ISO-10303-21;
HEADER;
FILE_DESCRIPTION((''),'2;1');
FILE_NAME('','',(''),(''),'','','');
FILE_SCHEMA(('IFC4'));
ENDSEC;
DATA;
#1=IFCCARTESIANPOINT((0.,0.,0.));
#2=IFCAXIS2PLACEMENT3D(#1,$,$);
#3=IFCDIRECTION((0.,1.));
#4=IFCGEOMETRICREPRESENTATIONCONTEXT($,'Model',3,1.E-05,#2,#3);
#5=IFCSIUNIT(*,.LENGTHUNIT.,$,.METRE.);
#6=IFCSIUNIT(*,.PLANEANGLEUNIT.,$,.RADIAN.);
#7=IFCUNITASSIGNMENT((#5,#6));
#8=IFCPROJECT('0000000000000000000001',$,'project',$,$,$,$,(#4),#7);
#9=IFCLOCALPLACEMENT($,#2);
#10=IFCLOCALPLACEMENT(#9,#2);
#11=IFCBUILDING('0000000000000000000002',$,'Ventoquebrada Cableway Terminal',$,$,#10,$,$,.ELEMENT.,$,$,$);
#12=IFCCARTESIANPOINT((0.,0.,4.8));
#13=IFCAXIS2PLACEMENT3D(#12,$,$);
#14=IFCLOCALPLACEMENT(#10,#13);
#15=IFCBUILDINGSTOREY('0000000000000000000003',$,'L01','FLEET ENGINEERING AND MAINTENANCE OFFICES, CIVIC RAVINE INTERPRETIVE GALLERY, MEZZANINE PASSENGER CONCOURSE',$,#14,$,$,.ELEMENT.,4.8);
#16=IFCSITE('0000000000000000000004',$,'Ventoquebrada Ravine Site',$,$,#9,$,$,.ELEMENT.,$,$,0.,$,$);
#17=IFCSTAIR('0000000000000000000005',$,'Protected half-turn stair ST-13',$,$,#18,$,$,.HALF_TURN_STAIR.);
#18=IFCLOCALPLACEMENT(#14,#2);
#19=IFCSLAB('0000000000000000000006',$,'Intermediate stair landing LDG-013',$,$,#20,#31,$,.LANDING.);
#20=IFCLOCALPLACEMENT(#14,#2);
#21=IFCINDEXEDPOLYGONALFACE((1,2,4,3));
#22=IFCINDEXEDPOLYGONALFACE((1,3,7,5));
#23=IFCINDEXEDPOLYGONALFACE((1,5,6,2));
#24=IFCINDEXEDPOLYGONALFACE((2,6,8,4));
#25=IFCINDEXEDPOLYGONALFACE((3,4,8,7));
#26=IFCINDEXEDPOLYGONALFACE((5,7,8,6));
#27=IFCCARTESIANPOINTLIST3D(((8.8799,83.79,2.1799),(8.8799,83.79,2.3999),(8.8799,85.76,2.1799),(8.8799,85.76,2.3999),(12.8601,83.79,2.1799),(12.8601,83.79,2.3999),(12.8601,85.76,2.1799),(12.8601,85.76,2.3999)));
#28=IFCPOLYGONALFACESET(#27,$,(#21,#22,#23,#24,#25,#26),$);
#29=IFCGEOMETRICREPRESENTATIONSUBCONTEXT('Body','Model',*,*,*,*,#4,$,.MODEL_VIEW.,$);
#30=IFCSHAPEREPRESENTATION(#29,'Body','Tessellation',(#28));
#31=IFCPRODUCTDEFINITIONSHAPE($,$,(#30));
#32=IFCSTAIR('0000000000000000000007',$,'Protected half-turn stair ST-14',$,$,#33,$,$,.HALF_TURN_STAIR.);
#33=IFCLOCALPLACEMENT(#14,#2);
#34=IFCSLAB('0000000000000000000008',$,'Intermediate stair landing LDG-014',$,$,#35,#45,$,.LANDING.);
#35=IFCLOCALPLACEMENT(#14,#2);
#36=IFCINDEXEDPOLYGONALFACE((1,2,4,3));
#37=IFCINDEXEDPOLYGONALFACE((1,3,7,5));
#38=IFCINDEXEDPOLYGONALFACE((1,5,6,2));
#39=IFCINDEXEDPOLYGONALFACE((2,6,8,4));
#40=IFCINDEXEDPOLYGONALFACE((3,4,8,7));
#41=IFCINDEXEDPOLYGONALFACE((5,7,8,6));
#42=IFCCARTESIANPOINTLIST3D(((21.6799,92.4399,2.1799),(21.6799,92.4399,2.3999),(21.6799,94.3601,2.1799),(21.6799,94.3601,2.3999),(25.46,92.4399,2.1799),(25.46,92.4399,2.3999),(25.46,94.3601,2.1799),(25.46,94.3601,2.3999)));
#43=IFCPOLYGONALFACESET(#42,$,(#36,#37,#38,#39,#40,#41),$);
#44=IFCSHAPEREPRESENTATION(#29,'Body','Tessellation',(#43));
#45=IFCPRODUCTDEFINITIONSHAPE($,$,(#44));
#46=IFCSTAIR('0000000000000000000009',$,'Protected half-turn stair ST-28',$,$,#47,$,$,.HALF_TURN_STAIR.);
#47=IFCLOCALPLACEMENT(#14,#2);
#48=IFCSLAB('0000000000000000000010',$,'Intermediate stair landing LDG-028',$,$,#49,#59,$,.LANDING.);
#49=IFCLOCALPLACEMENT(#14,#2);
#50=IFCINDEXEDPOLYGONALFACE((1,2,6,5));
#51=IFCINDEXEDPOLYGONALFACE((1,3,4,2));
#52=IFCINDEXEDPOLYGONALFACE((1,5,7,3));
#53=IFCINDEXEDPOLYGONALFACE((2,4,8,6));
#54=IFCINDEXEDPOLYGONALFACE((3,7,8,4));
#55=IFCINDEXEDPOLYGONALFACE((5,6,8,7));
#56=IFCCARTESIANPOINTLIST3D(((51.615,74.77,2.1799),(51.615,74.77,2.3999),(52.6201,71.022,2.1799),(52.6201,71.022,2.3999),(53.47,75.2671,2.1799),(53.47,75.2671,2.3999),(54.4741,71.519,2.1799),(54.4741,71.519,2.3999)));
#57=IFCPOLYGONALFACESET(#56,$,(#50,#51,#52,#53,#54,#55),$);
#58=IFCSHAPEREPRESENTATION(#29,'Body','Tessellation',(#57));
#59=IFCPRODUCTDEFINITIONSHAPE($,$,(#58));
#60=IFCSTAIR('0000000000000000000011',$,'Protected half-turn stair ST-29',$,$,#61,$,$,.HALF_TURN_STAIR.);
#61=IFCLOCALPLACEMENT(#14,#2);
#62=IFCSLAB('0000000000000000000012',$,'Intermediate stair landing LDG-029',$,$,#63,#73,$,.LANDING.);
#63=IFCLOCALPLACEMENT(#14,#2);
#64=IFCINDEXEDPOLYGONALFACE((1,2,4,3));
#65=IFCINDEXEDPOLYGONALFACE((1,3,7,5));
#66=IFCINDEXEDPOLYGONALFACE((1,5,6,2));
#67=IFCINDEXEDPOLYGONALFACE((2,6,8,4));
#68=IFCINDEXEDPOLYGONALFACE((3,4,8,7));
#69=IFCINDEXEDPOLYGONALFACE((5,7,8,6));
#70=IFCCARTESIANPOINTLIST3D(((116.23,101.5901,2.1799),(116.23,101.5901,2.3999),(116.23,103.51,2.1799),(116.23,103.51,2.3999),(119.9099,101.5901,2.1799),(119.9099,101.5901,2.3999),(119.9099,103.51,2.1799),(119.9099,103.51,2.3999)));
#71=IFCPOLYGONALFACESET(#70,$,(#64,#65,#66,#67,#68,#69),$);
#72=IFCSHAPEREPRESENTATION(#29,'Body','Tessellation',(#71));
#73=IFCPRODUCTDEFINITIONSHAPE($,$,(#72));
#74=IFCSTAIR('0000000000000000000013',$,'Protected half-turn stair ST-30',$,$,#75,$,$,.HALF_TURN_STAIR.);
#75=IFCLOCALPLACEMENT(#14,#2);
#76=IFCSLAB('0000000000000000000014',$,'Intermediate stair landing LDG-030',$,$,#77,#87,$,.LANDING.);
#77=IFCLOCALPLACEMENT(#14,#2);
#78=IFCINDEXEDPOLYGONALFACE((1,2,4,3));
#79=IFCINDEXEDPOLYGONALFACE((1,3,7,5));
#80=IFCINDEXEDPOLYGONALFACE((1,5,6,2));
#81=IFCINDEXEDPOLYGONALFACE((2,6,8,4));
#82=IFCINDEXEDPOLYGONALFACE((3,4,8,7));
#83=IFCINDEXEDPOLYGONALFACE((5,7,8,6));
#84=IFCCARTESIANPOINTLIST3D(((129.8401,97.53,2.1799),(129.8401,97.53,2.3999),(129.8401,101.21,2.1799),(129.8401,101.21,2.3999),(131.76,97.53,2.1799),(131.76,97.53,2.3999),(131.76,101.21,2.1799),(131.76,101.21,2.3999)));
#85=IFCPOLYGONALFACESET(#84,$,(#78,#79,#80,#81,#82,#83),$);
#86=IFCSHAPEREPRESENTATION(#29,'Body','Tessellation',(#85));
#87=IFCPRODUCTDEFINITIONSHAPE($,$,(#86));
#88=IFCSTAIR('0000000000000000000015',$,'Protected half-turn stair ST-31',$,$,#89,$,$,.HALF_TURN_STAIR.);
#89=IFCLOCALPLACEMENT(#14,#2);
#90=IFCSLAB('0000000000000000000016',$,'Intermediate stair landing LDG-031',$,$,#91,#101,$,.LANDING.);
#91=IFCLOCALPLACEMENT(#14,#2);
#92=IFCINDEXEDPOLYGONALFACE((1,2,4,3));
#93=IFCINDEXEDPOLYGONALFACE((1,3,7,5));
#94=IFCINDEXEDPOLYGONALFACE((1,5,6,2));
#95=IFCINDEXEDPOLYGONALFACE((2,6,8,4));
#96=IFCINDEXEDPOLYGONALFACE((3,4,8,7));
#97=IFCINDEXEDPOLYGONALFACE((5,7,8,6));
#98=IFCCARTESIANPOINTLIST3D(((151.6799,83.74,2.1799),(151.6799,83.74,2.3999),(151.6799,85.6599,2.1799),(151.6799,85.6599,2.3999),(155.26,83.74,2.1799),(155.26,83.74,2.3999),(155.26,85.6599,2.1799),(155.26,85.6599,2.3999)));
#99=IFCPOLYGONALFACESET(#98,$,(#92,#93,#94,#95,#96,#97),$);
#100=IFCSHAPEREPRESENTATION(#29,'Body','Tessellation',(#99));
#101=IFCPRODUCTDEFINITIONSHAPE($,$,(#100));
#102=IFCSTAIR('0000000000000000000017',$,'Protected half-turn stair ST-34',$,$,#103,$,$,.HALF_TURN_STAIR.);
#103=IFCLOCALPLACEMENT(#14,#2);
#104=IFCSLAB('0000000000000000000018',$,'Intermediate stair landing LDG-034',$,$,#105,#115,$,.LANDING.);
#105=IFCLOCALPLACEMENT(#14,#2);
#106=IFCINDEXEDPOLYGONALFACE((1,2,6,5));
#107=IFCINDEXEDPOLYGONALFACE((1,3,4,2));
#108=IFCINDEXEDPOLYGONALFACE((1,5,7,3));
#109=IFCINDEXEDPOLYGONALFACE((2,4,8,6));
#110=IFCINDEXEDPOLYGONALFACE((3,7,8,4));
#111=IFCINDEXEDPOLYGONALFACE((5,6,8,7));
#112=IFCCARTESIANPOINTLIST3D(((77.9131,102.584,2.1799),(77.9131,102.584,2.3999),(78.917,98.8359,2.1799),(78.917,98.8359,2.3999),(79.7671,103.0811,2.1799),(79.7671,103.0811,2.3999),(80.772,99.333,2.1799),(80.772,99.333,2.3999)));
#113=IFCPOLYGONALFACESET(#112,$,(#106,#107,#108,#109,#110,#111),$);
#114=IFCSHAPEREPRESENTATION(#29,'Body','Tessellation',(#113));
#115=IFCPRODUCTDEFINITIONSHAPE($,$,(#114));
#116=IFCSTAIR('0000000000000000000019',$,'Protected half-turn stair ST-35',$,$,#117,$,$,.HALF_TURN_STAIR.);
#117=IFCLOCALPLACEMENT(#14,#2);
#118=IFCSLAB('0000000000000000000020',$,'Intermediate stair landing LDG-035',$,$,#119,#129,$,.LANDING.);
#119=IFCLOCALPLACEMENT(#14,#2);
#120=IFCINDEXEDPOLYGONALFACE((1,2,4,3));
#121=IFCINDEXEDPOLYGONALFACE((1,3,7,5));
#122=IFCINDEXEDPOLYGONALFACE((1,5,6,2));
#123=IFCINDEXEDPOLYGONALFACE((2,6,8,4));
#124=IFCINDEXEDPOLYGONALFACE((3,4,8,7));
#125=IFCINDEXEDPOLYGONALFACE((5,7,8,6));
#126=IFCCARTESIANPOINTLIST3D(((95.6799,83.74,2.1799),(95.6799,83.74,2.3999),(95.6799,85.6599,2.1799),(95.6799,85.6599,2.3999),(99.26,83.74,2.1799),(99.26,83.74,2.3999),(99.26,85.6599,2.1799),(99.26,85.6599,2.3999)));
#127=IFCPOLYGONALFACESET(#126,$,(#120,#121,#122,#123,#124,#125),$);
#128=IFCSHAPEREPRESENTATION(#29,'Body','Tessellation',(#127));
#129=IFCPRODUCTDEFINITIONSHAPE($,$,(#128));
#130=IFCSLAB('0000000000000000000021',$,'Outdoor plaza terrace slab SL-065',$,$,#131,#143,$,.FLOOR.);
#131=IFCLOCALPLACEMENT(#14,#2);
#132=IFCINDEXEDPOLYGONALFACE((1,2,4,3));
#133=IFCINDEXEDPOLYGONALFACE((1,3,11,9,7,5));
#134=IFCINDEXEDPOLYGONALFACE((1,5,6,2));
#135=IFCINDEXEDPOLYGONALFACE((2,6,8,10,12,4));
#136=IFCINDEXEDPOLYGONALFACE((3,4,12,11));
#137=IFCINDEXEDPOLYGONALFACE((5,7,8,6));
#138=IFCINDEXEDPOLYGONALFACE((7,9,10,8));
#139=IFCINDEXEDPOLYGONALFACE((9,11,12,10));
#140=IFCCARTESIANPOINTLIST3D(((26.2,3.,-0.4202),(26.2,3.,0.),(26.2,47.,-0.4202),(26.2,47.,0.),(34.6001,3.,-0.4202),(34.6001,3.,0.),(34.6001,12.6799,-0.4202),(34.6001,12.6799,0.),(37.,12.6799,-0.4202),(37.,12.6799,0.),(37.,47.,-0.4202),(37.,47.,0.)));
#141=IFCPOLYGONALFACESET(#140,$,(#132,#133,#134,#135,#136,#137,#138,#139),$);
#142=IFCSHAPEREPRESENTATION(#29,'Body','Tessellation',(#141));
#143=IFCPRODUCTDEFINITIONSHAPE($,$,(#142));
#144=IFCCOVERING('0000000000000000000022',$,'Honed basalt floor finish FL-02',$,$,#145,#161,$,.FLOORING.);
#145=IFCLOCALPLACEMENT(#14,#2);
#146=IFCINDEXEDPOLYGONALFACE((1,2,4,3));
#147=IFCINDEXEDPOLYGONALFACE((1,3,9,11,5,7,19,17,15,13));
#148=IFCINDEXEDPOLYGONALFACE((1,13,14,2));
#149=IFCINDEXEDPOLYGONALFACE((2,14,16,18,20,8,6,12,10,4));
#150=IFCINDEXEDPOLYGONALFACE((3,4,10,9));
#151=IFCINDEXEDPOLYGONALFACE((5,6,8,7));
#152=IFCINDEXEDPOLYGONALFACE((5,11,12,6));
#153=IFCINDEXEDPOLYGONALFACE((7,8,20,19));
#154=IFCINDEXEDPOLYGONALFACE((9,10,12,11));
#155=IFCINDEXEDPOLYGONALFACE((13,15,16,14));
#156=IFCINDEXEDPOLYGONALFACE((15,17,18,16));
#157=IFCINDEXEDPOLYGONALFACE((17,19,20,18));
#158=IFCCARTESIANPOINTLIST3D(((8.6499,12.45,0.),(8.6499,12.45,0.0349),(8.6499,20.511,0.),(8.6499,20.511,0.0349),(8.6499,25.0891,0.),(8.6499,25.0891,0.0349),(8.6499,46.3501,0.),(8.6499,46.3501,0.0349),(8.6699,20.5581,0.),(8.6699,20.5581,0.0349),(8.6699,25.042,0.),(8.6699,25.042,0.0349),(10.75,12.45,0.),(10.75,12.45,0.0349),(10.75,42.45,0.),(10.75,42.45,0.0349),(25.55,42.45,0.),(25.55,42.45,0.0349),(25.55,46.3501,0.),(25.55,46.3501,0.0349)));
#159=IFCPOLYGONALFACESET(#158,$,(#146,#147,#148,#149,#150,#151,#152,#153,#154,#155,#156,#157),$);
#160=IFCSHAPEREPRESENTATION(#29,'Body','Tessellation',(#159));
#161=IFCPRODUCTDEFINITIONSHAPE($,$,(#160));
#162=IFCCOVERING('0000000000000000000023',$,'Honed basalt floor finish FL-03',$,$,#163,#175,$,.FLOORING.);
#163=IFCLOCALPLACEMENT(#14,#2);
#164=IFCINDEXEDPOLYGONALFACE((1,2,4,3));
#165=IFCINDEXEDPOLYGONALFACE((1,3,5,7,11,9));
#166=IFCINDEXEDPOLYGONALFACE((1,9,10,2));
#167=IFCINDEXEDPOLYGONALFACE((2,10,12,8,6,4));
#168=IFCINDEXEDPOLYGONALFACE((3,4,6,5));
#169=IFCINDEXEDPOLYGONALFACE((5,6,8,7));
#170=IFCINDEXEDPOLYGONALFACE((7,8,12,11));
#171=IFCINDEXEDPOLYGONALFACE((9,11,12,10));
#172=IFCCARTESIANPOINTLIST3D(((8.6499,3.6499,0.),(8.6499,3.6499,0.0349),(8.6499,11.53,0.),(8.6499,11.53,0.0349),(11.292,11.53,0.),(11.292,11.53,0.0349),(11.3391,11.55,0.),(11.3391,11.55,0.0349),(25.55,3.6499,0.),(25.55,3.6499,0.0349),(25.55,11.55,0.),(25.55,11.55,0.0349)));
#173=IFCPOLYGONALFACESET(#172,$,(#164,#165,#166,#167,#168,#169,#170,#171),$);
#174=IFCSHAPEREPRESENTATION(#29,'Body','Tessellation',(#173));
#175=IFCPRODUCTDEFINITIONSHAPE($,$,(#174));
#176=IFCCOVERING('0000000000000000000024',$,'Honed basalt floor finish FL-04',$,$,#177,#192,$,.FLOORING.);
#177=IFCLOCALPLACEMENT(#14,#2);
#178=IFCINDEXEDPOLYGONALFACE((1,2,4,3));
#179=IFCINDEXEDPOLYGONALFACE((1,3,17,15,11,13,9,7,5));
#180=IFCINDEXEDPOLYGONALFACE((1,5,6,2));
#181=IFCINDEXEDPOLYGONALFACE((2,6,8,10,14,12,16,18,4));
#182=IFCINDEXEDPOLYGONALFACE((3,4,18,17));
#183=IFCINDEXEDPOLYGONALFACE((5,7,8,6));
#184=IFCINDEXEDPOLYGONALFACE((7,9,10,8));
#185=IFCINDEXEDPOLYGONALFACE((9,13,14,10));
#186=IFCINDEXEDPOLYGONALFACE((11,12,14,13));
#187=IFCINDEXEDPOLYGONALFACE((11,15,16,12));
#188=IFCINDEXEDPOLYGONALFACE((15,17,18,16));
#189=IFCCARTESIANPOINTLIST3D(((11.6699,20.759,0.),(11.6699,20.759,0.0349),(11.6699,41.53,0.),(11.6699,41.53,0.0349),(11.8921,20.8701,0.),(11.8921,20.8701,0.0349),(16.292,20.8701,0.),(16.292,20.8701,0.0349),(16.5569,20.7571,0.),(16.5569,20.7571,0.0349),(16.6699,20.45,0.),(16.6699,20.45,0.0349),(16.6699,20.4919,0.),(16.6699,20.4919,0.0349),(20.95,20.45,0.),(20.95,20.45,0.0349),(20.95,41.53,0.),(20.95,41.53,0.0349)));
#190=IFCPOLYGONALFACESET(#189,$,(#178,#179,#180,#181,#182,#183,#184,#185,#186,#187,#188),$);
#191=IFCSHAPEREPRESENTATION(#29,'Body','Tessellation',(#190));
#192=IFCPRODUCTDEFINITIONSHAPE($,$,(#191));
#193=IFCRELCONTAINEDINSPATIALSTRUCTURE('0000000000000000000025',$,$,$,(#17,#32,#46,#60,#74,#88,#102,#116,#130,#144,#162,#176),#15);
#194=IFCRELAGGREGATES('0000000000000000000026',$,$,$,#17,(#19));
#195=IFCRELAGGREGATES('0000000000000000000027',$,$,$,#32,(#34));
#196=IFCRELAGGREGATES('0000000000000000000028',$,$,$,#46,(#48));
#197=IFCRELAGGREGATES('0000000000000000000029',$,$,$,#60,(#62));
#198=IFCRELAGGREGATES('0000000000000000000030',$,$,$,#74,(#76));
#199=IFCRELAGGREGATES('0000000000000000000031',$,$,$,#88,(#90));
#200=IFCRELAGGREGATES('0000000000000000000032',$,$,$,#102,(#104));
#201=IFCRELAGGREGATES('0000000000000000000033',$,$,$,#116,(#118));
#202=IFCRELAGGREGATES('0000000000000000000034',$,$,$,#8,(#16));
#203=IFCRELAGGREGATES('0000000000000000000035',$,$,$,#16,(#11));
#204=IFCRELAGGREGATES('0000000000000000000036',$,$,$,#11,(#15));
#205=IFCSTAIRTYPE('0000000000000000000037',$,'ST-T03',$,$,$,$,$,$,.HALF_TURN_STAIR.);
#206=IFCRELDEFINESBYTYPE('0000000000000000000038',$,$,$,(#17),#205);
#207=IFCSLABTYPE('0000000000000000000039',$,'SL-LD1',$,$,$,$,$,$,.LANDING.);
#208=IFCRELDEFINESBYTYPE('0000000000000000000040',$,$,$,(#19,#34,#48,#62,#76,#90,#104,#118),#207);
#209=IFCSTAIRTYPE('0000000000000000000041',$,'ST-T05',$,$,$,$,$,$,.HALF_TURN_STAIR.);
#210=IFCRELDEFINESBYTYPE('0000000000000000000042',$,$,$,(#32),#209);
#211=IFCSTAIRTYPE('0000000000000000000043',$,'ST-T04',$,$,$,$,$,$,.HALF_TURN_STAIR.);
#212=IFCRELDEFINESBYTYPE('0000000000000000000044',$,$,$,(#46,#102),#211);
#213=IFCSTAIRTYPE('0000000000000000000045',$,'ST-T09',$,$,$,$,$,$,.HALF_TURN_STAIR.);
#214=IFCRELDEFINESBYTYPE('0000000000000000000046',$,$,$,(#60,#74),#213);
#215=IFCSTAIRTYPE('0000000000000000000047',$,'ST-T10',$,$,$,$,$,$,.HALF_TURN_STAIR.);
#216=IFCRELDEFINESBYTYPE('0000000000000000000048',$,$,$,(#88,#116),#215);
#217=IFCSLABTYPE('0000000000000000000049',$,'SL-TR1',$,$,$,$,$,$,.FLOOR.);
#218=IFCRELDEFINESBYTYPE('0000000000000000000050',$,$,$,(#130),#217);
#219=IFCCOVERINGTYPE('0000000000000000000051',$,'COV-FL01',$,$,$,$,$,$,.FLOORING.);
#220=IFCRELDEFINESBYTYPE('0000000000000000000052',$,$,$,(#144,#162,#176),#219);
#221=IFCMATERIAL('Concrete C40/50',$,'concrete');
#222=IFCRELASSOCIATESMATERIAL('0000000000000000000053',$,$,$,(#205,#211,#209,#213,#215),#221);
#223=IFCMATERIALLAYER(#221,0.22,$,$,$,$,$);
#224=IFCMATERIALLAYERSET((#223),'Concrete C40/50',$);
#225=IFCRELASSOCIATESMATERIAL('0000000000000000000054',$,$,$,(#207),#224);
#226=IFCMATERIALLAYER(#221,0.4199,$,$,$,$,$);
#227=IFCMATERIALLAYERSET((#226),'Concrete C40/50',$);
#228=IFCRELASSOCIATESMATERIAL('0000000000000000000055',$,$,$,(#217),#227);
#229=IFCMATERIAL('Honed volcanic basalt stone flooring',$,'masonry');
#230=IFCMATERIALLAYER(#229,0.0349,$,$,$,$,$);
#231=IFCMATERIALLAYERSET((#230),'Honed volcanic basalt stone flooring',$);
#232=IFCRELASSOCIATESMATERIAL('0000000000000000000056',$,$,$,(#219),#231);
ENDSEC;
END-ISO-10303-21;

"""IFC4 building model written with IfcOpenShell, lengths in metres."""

from ifc_helpers import new_model, si_unit, direction, frame, origin, place, context, subcontext, project, spatial, polyline, outline, extrude, material, layer, layer_set, type_object, element, aggregate, save


model = new_model("IFC4")

# Units and contexts
model_context = context("Model", 3, precision=1e-05, world=origin(), true_north=direction((0.0, 1.0)))
body_context = subcontext(model_context, "Body", "Model", "MODEL_VIEW")
ifc_project = project(units=[si_unit("LENGTHUNIT", "METRE"), si_unit("PLANEANGLEUNIT", "RADIAN")], contexts=[model_context])

# Site, building, storey
site_placement = place(None, origin())
site = spatial("IfcSite", under=ifc_project, at=site_placement, Name="Ventoquebrada Ravine Site", CompositionType="ELEMENT", RefElevation=0.0)
building_placement = place(site_placement, origin())
building = spatial("IfcBuilding", under=site, at=building_placement, Name="Ventoquebrada Cableway Terminal", CompositionType="ELEMENT")
storey_placement = place(building_placement, frame((0.0, 0.0, 4.8)))
storey = spatial("IfcBuildingStorey", under=building, at=storey_placement, Name="L01", Description="FLEET ENGINEERING AND MAINTENANCE OFFICES, CIVIC RAVINE INTERPRETIVE GALLERY, MEZZANINE PASSENGER CONCOURSE", CompositionType="ELEMENT", Elevation=4.8)

# Shared definitions
ifc_material_1 = material(Name="Concrete C40/50", Category="concrete")

# Stairs, slabs
stair_type_1 = type_object("IfcStairType", Name="ST-T03", PredefinedType="HALF_TURN_STAIR", material=ifc_material_1)
ifc_layer_1 = layer(ifc_material_1, 0.22)
ifc_layer_set_1 = layer_set([ifc_layer_1], Name="Concrete C40/50")
slab_type_1 = type_object("IfcSlabType", Name="SL-LD1", PredefinedType="LANDING", material=ifc_layer_set_1)
stair_type_2 = type_object("IfcStairType", Name="ST-T04", PredefinedType="HALF_TURN_STAIR", material=ifc_material_1)
stair_1_placement = place(storey_placement, origin())
stair_1 = element("IfcStair", 1, at=stair_1_placement, inside=storey, type_object=stair_type_1, Name="Protected half-turn stair ST-13", PredefinedType="HALF_TURN_STAIR")
slab_1_placement = place(storey_placement, frame((0.0, 0.0, 2.1799)))
slab_1 = element("IfcSlab", 2, at=slab_1_placement, type_object=slab_type_1, Name="Intermediate stair landing LDG-013", PredefinedType="LANDING", context=body_context, shape_type="SweptSolid", body=[
    extrude(outline(polyline([(12.8601, 83.79), (12.8601, 85.76), (8.8799, 85.76), (8.8799, 83.79), (12.8601, 83.79)])), origin(), (0.0, 0.0, 1.0), 0.22),
])
aggregate(stair_1, [slab_1])
stair_type_3 = type_object("IfcStairType", Name="ST-T05", PredefinedType="HALF_TURN_STAIR", material=ifc_material_1)
stair_2_placement = place(storey_placement, origin())
stair_2 = element("IfcStair", 3, at=stair_2_placement, inside=storey, type_object=stair_type_3, Name="Protected half-turn stair ST-14", PredefinedType="HALF_TURN_STAIR")
slab_2_placement = place(storey_placement, frame((0.0, 0.0, 2.1799)))
slab_2 = element("IfcSlab", 4, at=slab_2_placement, type_object=slab_type_1, Name="Intermediate stair landing LDG-014", PredefinedType="LANDING", context=body_context, shape_type="SweptSolid", body=[
    extrude(outline(polyline([(25.46, 92.4399), (25.46, 94.3601), (21.6799, 94.3601), (21.6799, 92.4399), (25.46, 92.4399)])), origin(), (0.0, 0.0, 1.0), 0.22),
])
aggregate(stair_2, [slab_2])
stair_3_placement = place(storey_placement, origin())
stair_3 = element("IfcStair", 5, at=stair_3_placement, inside=storey, type_object=stair_type_2, Name="Protected half-turn stair ST-28", PredefinedType="HALF_TURN_STAIR")
slab_3_placement = place(storey_placement, frame((0.0, 0.0, 2.1799)))
slab_3 = element("IfcSlab", 6, at=slab_3_placement, type_object=slab_type_1, Name="Intermediate stair landing LDG-028", PredefinedType="LANDING", context=body_context, shape_type="SweptSolid", body=[
    extrude(outline(polyline([(53.47, 75.2671), (51.615, 74.77), (52.6201, 71.022), (54.4741, 71.519), (53.47, 75.2671)])), origin(), (0.0, 0.0, 1.0), 0.22),
])
aggregate(stair_3, [slab_3])
stair_type_4 = type_object("IfcStairType", Name="ST-T09", PredefinedType="HALF_TURN_STAIR", material=ifc_material_1)
stair_4_placement = place(storey_placement, origin())
stair_4 = element("IfcStair", 7, at=stair_4_placement, inside=storey, type_object=stair_type_4, Name="Protected half-turn stair ST-29", PredefinedType="HALF_TURN_STAIR")
slab_4_placement = place(storey_placement, frame((0.0, 0.0, 2.1799)))
slab_4 = element("IfcSlab", 8, at=slab_4_placement, type_object=slab_type_1, Name="Intermediate stair landing LDG-029", PredefinedType="LANDING", context=body_context, shape_type="SweptSolid", body=[
    extrude(outline(polyline([(119.9099, 101.5901), (119.9099, 103.51), (116.23, 103.51), (116.23, 101.5901), (119.9099, 101.5901)])), origin(), (0.0, 0.0, 1.0), 0.22),
])
aggregate(stair_4, [slab_4])
stair_5_placement = place(storey_placement, origin())
stair_5 = element("IfcStair", 9, at=stair_5_placement, inside=storey, type_object=stair_type_4, Name="Protected half-turn stair ST-30", PredefinedType="HALF_TURN_STAIR")
slab_5_placement = place(storey_placement, frame((0.0, 0.0, 2.1799)))
slab_5 = element("IfcSlab", 10, at=slab_5_placement, type_object=slab_type_1, Name="Intermediate stair landing LDG-030", PredefinedType="LANDING", context=body_context, shape_type="SweptSolid", body=[
    extrude(outline(polyline([(131.76, 101.21), (129.8401, 101.21), (129.8401, 97.53), (131.76, 97.53), (131.76, 101.21)])), origin(), (0.0, 0.0, 1.0), 0.22),
])
aggregate(stair_5, [slab_5])
stair_type_5 = type_object("IfcStairType", Name="ST-T10", PredefinedType="HALF_TURN_STAIR", material=ifc_material_1)
stair_6_placement = place(storey_placement, origin())
stair_6 = element("IfcStair", 11, at=stair_6_placement, inside=storey, type_object=stair_type_5, Name="Protected half-turn stair ST-31", PredefinedType="HALF_TURN_STAIR")
slab_6_placement = place(storey_placement, frame((0.0, 0.0, 2.1799)))
slab_6 = element("IfcSlab", 12, at=slab_6_placement, type_object=slab_type_1, Name="Intermediate stair landing LDG-031", PredefinedType="LANDING", context=body_context, shape_type="SweptSolid", body=[
    extrude(outline(polyline([(155.26, 83.74), (155.26, 85.6599), (151.6799, 85.6599), (151.6799, 83.74), (155.26, 83.74)])), origin(), (0.0, 0.0, 1.0), 0.22),
])
aggregate(stair_6, [slab_6])
stair_7_placement = place(storey_placement, origin())
stair_7 = element("IfcStair", 13, at=stair_7_placement, inside=storey, type_object=stair_type_2, Name="Protected half-turn stair ST-34", PredefinedType="HALF_TURN_STAIR")
slab_7_placement = place(storey_placement, frame((0.0, 0.0, 2.1799)))
slab_7 = element("IfcSlab", 14, at=slab_7_placement, type_object=slab_type_1, Name="Intermediate stair landing LDG-034", PredefinedType="LANDING", context=body_context, shape_type="SweptSolid", body=[
    extrude(outline(polyline([(78.917, 98.8359), (80.772, 99.333), (79.7671, 103.0811), (77.9131, 102.584), (78.917, 98.8359)])), origin(), (0.0, 0.0, 1.0), 0.22),
])
aggregate(stair_7, [slab_7])
stair_8_placement = place(storey_placement, origin())
stair_8 = element("IfcStair", 15, at=stair_8_placement, inside=storey, type_object=stair_type_5, Name="Protected half-turn stair ST-35", PredefinedType="HALF_TURN_STAIR")
slab_8_placement = place(storey_placement, frame((0.0, 0.0, 2.1799)))
slab_8 = element("IfcSlab", 16, at=slab_8_placement, type_object=slab_type_1, Name="Intermediate stair landing LDG-035", PredefinedType="LANDING", context=body_context, shape_type="SweptSolid", body=[
    extrude(outline(polyline([(99.26, 83.74), (99.26, 85.6599), (95.6799, 85.6599), (95.6799, 83.74), (99.26, 83.74)])), origin(), (0.0, 0.0, 1.0), 0.22),
])
aggregate(stair_8, [slab_8])

# Slab
ifc_layer_2 = layer(ifc_material_1, 0.4199)
ifc_layer_set_2 = layer_set([ifc_layer_2], Name="Concrete C40/50")
slab_type_2 = type_object("IfcSlabType", Name="SL-TR1", PredefinedType="FLOOR", material=ifc_layer_set_2)
slab_9_placement = place(storey_placement, frame((0.0, 0.0, -0.4202)))
element("IfcSlab", 17, at=slab_9_placement, inside=storey, type_object=slab_type_2, Name="Outdoor plaza terrace slab SL-065", PredefinedType="FLOOR", context=body_context, shape_type="SweptSolid", body=[
    extrude(outline(polyline([(34.6001, 3.0), (34.6001, 12.6799), (37.0, 12.6799), (37.0, 47.0), (26.2, 47.0), (26.2, 3.0), (34.6001, 3.0)])), origin(), (0.0, 0.0, 1.0), 0.4202),
])

# Coverings
ifc_material_2 = material(Name="Honed volcanic basalt stone flooring", Category="masonry")
ifc_layer_3 = layer(ifc_material_2, 0.0349)
ifc_layer_set_3 = layer_set([ifc_layer_3], Name="Honed volcanic basalt stone flooring")
covering_type = type_object("IfcCoveringType", Name="COV-FL01", PredefinedType="FLOORING", material=ifc_layer_set_3)
covering_1_placement = place(storey_placement, origin())
element("IfcCovering", 18, at=covering_1_placement, inside=storey, type_object=covering_type, Name="Honed basalt floor finish FL-02", PredefinedType="FLOORING", context=body_context, shape_type="SweptSolid", body=[
    extrude(outline(polyline([(10.75, 12.45), (10.75, 42.45), (25.55, 42.45), (25.55, 46.3501), (8.6499, 46.3501), (8.6499, 25.0891), (8.6699, 25.042), (8.6699, 20.5581), (8.6499, 20.511), (8.6499, 12.45), (10.75, 12.45)])), origin(), (0.0, 0.0, 1.0), 0.0349),
])
covering_2_placement = place(storey_placement, origin())
element("IfcCovering", 19, at=covering_2_placement, inside=storey, type_object=covering_type, Name="Honed basalt floor finish FL-03", PredefinedType="FLOORING", context=body_context, shape_type="SweptSolid", body=[
    extrude(outline(polyline([(25.55, 3.6499), (25.55, 11.55), (11.3391, 11.55), (11.292, 11.53), (8.6499, 11.53), (8.6499, 3.6499), (25.55, 3.6499)])), origin(), (0.0, 0.0, 1.0), 0.0349),
])
covering_3_placement = place(storey_placement, origin())
element("IfcCovering", 20, at=covering_3_placement, inside=storey, type_object=covering_type, Name="Honed basalt floor finish FL-04", PredefinedType="FLOORING", context=body_context, shape_type="SweptSolid", body=[
    extrude(outline(polyline([(11.8921, 20.8701), (16.292, 20.8701), (16.5569, 20.7571), (16.6699, 20.4919), (16.6699, 20.45), (20.95, 20.45), (20.95, 41.53), (11.6699, 41.53), (11.6699, 20.759), (11.8921, 20.8701)])), origin(), (0.0, 0.0, 1.0), 0.0349),
])

save(model, "model.ifc")
